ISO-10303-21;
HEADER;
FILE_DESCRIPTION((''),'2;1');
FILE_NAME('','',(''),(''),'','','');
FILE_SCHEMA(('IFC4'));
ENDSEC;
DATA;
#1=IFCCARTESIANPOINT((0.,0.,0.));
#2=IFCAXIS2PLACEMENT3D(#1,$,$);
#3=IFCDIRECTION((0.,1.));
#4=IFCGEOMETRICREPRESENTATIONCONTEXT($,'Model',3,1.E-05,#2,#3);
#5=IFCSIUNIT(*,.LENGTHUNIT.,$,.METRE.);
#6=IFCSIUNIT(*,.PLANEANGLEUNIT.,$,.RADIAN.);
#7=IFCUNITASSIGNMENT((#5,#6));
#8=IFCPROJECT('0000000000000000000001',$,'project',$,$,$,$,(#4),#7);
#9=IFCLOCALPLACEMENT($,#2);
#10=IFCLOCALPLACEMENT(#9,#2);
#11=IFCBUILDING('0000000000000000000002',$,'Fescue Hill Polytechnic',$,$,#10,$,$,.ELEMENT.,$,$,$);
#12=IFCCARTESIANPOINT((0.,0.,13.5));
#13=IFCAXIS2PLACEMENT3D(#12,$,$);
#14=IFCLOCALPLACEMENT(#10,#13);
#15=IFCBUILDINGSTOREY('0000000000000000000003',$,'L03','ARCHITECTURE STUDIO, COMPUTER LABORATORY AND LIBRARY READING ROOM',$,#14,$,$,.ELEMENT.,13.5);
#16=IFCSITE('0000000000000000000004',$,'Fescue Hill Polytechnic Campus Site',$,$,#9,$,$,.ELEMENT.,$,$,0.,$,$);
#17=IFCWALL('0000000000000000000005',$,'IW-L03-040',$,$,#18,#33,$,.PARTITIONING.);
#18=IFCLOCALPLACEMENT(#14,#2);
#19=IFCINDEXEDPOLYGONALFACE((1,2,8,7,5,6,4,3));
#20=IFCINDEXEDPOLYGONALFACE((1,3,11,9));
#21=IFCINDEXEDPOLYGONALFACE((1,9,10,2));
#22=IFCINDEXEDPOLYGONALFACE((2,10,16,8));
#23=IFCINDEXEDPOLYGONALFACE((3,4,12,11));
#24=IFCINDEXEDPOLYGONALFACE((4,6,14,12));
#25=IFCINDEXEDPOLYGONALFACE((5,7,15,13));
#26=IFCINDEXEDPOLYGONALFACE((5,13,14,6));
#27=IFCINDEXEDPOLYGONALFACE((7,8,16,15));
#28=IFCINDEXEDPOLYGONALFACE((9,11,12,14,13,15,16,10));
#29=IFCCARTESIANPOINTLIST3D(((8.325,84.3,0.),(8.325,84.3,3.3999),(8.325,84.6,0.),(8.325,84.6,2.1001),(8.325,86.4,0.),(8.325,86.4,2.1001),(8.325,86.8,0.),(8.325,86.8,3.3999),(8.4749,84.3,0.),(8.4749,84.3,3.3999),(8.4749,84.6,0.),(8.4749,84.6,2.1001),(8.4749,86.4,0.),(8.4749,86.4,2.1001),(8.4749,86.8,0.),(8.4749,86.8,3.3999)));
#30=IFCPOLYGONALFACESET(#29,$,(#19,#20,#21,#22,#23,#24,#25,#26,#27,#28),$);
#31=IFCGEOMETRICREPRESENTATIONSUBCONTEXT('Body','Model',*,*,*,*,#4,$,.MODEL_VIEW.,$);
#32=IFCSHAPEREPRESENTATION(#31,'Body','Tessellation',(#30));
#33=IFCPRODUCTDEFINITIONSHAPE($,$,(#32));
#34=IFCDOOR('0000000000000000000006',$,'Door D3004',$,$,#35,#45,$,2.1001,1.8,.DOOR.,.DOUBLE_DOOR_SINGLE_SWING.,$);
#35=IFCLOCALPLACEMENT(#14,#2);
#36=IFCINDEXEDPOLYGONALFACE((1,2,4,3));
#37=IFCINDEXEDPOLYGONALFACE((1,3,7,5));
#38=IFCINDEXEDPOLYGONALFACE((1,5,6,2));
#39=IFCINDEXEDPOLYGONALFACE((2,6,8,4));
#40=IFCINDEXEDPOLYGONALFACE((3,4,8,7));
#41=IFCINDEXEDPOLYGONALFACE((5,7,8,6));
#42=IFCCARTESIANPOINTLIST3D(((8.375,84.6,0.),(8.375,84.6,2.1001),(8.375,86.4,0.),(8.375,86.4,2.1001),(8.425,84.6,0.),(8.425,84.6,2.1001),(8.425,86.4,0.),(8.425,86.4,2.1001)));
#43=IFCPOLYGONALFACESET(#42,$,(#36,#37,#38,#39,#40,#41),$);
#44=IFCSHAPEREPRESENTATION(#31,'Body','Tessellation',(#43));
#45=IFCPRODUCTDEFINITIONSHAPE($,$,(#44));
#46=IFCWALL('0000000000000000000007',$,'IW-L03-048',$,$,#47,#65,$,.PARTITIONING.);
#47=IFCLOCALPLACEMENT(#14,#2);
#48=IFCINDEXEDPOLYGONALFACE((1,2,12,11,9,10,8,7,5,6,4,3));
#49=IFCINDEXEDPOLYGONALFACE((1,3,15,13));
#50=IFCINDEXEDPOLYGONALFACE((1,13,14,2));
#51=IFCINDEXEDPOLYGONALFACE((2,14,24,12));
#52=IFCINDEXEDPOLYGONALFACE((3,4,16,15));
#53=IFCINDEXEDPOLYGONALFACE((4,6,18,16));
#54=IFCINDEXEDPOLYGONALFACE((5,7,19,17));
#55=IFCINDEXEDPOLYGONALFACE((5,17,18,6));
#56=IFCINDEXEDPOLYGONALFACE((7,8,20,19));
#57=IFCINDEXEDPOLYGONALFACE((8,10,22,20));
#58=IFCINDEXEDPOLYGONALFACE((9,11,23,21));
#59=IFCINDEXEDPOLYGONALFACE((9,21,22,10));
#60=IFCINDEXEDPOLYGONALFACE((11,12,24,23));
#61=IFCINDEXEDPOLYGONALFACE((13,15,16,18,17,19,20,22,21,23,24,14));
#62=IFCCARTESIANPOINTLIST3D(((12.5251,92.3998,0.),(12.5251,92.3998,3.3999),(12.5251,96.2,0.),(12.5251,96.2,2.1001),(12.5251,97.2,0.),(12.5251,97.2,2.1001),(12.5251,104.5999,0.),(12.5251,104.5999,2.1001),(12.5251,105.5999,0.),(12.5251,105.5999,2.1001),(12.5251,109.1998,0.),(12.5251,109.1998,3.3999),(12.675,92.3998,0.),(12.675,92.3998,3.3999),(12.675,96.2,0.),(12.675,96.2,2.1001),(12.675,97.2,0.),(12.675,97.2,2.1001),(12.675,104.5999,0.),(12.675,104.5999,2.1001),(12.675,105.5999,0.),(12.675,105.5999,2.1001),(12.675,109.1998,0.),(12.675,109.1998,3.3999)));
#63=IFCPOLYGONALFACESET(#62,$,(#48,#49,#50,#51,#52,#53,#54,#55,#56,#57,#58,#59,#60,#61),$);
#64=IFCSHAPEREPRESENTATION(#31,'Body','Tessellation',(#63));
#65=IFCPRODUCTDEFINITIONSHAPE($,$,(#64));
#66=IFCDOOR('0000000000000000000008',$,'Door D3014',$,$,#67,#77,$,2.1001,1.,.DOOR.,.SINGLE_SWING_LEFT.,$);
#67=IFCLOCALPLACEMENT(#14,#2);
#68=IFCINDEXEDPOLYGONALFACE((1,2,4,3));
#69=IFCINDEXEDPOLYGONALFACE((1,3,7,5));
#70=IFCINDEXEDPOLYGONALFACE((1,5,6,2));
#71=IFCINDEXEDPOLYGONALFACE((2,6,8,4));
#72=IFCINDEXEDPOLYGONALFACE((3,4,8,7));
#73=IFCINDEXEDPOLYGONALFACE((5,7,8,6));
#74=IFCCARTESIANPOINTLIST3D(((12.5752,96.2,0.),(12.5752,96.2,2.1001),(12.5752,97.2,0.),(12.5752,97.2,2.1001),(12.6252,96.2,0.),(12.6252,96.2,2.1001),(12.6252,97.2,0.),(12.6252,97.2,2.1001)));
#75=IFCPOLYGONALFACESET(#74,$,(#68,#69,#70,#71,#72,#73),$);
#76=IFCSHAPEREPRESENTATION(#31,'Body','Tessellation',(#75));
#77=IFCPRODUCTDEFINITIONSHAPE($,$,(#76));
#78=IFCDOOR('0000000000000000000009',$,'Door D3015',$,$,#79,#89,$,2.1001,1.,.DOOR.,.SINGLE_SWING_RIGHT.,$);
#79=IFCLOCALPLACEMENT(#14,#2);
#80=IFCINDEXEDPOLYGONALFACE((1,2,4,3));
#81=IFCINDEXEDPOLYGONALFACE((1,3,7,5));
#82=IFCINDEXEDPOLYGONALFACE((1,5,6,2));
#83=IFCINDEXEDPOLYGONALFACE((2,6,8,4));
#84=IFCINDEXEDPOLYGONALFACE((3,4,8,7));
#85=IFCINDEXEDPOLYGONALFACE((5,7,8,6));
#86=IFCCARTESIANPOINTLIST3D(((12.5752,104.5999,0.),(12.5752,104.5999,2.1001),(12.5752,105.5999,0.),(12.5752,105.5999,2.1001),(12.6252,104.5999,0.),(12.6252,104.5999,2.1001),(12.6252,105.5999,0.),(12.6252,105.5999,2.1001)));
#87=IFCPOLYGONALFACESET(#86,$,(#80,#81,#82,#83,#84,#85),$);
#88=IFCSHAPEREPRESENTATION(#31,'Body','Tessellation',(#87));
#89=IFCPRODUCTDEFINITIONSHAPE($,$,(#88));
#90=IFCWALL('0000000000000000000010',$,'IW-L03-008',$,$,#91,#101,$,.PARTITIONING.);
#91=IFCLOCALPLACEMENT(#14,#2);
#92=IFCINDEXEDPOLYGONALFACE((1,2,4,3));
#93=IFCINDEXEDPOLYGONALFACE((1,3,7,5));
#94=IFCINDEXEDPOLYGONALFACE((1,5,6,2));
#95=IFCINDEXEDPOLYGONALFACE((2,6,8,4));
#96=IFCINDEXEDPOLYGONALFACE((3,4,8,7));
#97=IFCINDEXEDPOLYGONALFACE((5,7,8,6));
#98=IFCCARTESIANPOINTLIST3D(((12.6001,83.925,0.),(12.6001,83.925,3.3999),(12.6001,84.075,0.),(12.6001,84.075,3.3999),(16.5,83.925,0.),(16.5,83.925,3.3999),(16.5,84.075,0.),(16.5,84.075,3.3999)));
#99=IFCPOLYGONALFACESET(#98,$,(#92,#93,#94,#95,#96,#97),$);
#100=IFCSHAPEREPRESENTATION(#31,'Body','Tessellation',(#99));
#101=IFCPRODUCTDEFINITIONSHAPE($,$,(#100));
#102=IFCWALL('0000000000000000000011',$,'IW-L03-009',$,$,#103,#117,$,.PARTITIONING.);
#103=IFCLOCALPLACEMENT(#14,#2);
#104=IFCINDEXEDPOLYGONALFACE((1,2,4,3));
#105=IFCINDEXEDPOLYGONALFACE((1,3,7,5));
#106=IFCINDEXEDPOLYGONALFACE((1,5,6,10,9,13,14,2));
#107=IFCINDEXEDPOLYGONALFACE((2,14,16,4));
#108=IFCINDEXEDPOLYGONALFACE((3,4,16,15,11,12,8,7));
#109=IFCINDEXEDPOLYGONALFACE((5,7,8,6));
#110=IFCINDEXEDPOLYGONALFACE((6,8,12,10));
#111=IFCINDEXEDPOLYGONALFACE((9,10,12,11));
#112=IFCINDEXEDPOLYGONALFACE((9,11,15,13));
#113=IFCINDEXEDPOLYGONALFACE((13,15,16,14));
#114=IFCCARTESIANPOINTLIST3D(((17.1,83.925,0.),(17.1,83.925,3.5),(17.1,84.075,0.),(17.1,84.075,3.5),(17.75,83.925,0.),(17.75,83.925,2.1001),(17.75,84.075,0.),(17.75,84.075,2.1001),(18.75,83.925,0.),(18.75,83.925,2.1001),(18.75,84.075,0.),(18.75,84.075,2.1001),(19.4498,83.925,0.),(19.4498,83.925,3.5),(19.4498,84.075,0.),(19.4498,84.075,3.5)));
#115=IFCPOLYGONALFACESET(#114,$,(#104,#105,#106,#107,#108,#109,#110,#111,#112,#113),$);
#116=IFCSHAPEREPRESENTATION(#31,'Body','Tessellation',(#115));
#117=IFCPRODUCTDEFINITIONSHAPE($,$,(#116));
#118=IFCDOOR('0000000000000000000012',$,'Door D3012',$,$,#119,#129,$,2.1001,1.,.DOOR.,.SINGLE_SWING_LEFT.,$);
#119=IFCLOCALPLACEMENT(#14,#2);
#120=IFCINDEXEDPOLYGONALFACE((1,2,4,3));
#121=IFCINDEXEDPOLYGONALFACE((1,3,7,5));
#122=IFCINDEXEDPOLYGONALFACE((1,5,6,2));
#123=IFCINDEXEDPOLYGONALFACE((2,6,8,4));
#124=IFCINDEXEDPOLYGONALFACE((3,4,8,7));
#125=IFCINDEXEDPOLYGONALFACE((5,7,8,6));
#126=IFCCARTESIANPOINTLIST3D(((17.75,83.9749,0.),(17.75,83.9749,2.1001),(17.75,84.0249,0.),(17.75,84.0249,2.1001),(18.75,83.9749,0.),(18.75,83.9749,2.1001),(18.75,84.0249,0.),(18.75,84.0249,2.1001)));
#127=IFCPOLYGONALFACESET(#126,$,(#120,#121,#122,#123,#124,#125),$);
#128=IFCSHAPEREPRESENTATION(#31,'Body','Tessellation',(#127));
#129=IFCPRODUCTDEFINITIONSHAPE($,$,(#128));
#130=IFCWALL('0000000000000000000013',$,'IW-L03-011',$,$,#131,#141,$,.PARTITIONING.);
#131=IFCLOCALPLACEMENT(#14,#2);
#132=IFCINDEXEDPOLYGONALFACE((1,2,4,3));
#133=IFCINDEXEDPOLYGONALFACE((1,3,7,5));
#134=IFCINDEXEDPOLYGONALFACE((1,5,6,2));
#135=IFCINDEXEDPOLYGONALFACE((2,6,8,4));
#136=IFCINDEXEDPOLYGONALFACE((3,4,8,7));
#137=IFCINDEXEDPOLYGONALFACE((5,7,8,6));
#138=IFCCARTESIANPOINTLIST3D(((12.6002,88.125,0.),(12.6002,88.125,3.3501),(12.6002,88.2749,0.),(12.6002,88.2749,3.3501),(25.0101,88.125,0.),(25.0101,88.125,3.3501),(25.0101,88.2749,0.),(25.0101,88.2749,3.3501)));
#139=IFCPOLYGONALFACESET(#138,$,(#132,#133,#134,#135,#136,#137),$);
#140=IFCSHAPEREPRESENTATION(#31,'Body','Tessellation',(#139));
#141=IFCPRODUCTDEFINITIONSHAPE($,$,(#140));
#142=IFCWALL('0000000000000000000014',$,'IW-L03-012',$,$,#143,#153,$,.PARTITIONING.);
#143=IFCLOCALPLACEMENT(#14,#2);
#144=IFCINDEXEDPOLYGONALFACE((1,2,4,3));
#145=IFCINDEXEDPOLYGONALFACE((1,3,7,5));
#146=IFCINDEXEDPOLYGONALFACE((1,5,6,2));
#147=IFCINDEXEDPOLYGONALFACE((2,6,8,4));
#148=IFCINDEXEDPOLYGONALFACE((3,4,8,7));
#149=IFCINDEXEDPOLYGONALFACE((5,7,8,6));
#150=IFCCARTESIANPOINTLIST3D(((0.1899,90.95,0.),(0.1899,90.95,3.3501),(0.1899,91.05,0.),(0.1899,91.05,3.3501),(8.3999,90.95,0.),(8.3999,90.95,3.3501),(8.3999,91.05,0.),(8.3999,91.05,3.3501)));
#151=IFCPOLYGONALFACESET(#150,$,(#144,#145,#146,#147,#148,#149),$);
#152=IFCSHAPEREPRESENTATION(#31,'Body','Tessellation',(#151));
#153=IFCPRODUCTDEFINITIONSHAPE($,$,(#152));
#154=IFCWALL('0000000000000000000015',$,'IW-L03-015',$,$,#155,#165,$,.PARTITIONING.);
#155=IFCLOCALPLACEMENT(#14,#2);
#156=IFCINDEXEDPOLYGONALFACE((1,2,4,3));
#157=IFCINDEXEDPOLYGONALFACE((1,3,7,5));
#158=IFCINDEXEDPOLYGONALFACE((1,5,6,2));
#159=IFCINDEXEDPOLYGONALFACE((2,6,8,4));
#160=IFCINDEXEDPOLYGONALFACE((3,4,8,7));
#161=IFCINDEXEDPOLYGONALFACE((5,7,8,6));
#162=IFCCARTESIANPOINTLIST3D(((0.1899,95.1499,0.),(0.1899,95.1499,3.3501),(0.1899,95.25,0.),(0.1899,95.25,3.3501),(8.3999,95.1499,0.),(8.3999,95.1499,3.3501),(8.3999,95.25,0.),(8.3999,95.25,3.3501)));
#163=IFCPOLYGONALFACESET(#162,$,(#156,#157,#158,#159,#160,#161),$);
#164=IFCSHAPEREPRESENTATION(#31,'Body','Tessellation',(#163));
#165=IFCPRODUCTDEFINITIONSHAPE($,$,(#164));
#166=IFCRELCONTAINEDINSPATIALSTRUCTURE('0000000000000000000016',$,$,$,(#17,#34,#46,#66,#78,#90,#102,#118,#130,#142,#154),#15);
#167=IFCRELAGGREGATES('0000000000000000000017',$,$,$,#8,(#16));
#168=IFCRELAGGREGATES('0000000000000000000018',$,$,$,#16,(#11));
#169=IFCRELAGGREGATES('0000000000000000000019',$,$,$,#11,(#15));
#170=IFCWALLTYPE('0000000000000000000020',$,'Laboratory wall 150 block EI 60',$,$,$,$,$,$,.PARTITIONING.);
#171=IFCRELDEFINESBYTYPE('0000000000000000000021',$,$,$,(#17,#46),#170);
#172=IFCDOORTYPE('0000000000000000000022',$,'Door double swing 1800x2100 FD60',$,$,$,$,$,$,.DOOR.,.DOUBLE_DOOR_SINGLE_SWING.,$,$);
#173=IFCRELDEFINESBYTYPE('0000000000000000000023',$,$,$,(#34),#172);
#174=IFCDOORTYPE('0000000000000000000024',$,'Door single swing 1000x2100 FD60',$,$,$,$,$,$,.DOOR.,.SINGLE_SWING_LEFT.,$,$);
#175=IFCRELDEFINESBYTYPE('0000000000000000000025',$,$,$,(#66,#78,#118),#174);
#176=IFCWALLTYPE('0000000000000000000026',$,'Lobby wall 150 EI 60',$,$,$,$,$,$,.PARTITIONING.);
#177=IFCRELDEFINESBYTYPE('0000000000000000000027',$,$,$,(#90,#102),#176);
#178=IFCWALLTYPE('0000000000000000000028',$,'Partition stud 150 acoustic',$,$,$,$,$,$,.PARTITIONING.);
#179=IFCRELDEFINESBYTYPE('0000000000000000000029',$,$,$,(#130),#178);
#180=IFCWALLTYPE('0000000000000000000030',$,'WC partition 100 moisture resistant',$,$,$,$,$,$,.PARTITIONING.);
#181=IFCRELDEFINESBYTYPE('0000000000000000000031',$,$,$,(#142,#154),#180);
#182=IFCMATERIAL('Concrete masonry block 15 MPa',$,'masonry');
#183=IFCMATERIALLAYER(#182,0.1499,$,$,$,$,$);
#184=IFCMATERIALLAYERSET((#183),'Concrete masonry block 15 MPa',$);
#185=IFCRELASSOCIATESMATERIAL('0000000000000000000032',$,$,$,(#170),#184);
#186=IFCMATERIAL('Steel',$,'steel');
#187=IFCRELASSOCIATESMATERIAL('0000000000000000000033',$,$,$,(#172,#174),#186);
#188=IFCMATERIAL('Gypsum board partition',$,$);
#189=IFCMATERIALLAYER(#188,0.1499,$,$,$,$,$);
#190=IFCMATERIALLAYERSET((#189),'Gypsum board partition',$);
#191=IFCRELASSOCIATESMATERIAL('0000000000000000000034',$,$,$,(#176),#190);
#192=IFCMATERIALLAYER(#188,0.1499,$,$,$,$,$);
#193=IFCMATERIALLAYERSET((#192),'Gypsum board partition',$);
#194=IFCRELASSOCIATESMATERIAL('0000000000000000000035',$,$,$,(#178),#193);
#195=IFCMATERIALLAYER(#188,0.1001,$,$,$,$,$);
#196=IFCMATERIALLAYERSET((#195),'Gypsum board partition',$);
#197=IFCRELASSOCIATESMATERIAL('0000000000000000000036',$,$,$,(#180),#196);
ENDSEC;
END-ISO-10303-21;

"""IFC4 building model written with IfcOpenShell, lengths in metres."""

from ifc_helpers import new_model, si_unit, direction, frame, frame_2d, origin, place, context, subcontext, project, spatial, rectangle, extrude, material, layer, layer_set, type_object, element, fill, save


model = new_model("IFC4")

# Units and contexts
model_context = context("Model", 3, precision=1e-05, world=origin(), true_north=direction((0.0, 1.0)))
body_context = subcontext(model_context, "Body", "Model", "MODEL_VIEW")
ifc_project = project(units=[si_unit("LENGTHUNIT", "METRE"), si_unit("PLANEANGLEUNIT", "RADIAN")], contexts=[model_context])

# Site, building, storey
site_placement = place(None, origin())
site = spatial("IfcSite", under=ifc_project, at=site_placement, Name="Fescue Hill Polytechnic Campus Site", CompositionType="ELEMENT", RefElevation=0.0)
building_placement = place(site_placement, origin())
building = spatial("IfcBuilding", under=site, at=building_placement, Name="Fescue Hill Polytechnic", CompositionType="ELEMENT")
storey_placement = place(building_placement, frame((0.0, 0.0, 13.5)))
storey = spatial("IfcBuildingStorey", under=building, at=storey_placement, Name="L03", Description="ARCHITECTURE STUDIO, COMPUTER LABORATORY AND LIBRARY READING ROOM", CompositionType="ELEMENT", Elevation=13.5)

# Shared definitions
ifc_material_1 = material(Name="Gypsum board partition")

# Shared definitions
ifc_material_2 = material(Name="Concrete masonry block 15 MPa", Category="masonry")
ifc_layer_1 = layer(ifc_material_2, 0.1499)
ifc_layer_set_1 = layer_set([ifc_layer_1], Name="Concrete masonry block 15 MPa")
wall_type_1 = type_object("IfcWallType", Name="Laboratory wall 150 block EI 60", PredefinedType="PARTITIONING", material=ifc_layer_set_1)

# Wall, opening, door
wall_1_placement = place(storey_placement, frame((8.3999, 84.3, 0.0), z_axis=(0.0, 0.0, 1.0), x_axis=(0.0, 1.0, 0.0)))
wall_1 = element("IfcWall", 1, at=wall_1_placement, inside=storey, type_object=wall_type_1, Name="IW-L03-040", PredefinedType="PARTITIONING", context=body_context, shape_type="SweptSolid", body=[
    extrude(rectangle(XDim=2.5, YDim=0.1499, at=frame_2d((1.25, 0.0))), origin(), (0.0, 0.0, 1.0), 3.3999),
])
opening_1_placement = place(wall_1_placement, frame((0.3, 0.0, 0.0)))
opening_1 = element("IfcOpeningElement", 2, at=opening_1_placement, cuts=wall_1, PredefinedType="OPENING", context=body_context, shape_type="SweptSolid", body=[
    extrude(rectangle(XDim=1.8, YDim=2.1001, at=frame_2d((0.8999, 1.05))), frame((0.0, 0.085, 0.0), z_axis=(0.0, -1.0, 0.0), x_axis=(1.0, 0.0, 0.0)), (0.0, 0.0, 1.0), 0.1699),
])
ifc_material_3 = material(Name="Steel", Category="steel")
door_type_1 = type_object("IfcDoorType", Name="Door double swing 1800x2100 FD60", OperationType="DOUBLE_DOOR_SINGLE_SWING", PredefinedType="DOOR", material=ifc_material_3)
door_1_placement = place(opening_1_placement, origin())
door_1 = element("IfcDoor", 3, at=door_1_placement, inside=storey, type_object=door_type_1, Name="Door D3004", OperationType="DOUBLE_DOOR_SINGLE_SWING", OverallHeight=2.1001, OverallWidth=1.8, PredefinedType="DOOR", context=body_context, shape_type="SweptSolid", body=[
    extrude(rectangle(XDim=1.8, YDim=2.1001, at=frame_2d((0.8999, 1.05))), frame((0.0, 0.0249, 0.0), z_axis=(0.0, -1.0, 0.0), x_axis=(1.0, 0.0, 0.0)), (0.0, 0.0, 1.0), 0.05),
])
fill(opening_1, door_1)

# Wall, openings, doors
wall_2_placement = place(storey_placement, frame((12.6001, 92.3999, 0.0), z_axis=(0.0, 0.0, 1.0), x_axis=(0.0, 1.0, 0.0)))
wall_2 = element("IfcWall", 4, at=wall_2_placement, inside=storey, type_object=wall_type_1, Name="IW-L03-048", PredefinedType="PARTITIONING", context=body_context, shape_type="SweptSolid", body=[
    extrude(rectangle(XDim=16.8, YDim=0.1499, at=frame_2d((8.3999, 0.0))), origin(), (0.0, 0.0, 1.0), 3.3999),
])
opening_2_placement = place(wall_2_placement, frame((3.8, 0.0, 0.0)))
opening_2 = element("IfcOpeningElement", 5, at=opening_2_placement, cuts=wall_2, PredefinedType="OPENING", context=body_context, shape_type="SweptSolid", body=[
    extrude(rectangle(XDim=1.0, YDim=2.1001, at=frame_2d((0.5, 1.05))), frame((0.0, 0.085, 0.0), z_axis=(0.0, -1.0, 0.0), x_axis=(1.0, 0.0, 0.0)), (0.0, 0.0, 1.0), 0.1699),
])
opening_3_placement = place(wall_2_placement, frame((12.2, 0.0, 0.0)))
opening_3 = element("IfcOpeningElement", 6, at=opening_3_placement, cuts=wall_2, PredefinedType="OPENING", context=body_context, shape_type="SweptSolid", body=[
    extrude(rectangle(XDim=1.0, YDim=2.1001, at=frame_2d((0.5, 1.05))), frame((0.0, 0.085, 0.0), z_axis=(0.0, -1.0, 0.0), x_axis=(1.0, 0.0, 0.0)), (0.0, 0.0, 1.0), 0.1699),
])
door_type_2 = type_object("IfcDoorType", Name="Door single swing 1000x2100 FD60", OperationType="SINGLE_SWING_LEFT", PredefinedType="DOOR", material=ifc_material_3)
door_2_placement = place(opening_2_placement, origin())
door_2 = element("IfcDoor", 7, at=door_2_placement, inside=storey, type_object=door_type_2, Name="Door D3014", OperationType="SINGLE_SWING_LEFT", OverallHeight=2.1001, OverallWidth=1.0, PredefinedType="DOOR", context=body_context, shape_type="SweptSolid", body=[
    extrude(rectangle(XDim=1.0, YDim=2.1001, at=frame_2d((0.5, 1.05))), frame((0.0, 0.0249, 0.0), z_axis=(0.0, -1.0, 0.0), x_axis=(1.0, 0.0, 0.0)), (0.0, 0.0, 1.0), 0.05),
])
fill(opening_2, door_2)
door_3_placement = place(opening_3_placement, origin())
door_3 = element("IfcDoor", 8, at=door_3_placement, inside=storey, type_object=door_type_2, Name="Door D3015", OperationType="SINGLE_SWING_RIGHT", OverallHeight=2.1001, OverallWidth=1.0, PredefinedType="DOOR", context=body_context, shape_type="SweptSolid", body=[
    extrude(rectangle(XDim=1.0, YDim=2.1001, at=frame_2d((0.5, 1.05))), frame((0.0, 0.0249, 0.0), z_axis=(0.0, -1.0, 0.0), x_axis=(1.0, 0.0, 0.0)), (0.0, 0.0, 1.0), 0.05),
])
fill(opening_3, door_3)

# Wall
ifc_layer_2 = layer(ifc_material_1, 0.1499)
ifc_layer_set_2 = layer_set([ifc_layer_2], Name="Gypsum board partition")
wall_type_2 = type_object("IfcWallType", Name="Lobby wall 150 EI 60", PredefinedType="PARTITIONING", material=ifc_layer_set_2)
wall_3_placement = place(storey_placement, frame((12.6001, 84.0, 0.0), z_axis=(0.0, 0.0, 1.0), x_axis=(1.0, 0.0, 0.0)))
element("IfcWall", 9, at=wall_3_placement, inside=storey, type_object=wall_type_2, Name="IW-L03-008", PredefinedType="PARTITIONING", context=body_context, shape_type="SweptSolid", body=[
    extrude(rectangle(XDim=3.8999, YDim=0.1499, at=frame_2d((1.95, 0.0))), origin(), (0.0, 0.0, 1.0), 3.3999),
])

# Wall, opening, door
wall_4_placement = place(storey_placement, frame((17.1001, 84.0, 0.0), z_axis=(0.0, 0.0, 1.0), x_axis=(1.0, 0.0, 0.0)))
wall_4 = element("IfcWall", 10, at=wall_4_placement, inside=storey, type_object=wall_type_2, Name="IW-L03-009", PredefinedType="PARTITIONING", context=body_context, shape_type="SweptSolid", body=[
    extrude(rectangle(XDim=2.3499, YDim=0.1499, at=frame_2d((1.1748, 0.0))), origin(), (0.0, 0.0, 1.0), 3.5),
])
opening_4_placement = place(wall_4_placement, frame((0.6499, 0.0, 0.0)))
opening_4 = element("IfcOpeningElement", 11, at=opening_4_placement, cuts=wall_4, PredefinedType="OPENING", context=body_context, shape_type="SweptSolid", body=[
    extrude(rectangle(XDim=1.0, YDim=2.1001, at=frame_2d((0.5, 1.05))), frame((0.0, 0.085, 0.0), z_axis=(0.0, -1.0, 0.0), x_axis=(1.0, 0.0, 0.0)), (0.0, 0.0, 1.0), 0.1699),
])
door_4_placement = place(opening_4_placement, origin())
door_4 = element("IfcDoor", 12, at=door_4_placement, inside=storey, type_object=door_type_2, Name="Door D3012", OperationType="SINGLE_SWING_LEFT", OverallHeight=2.1001, OverallWidth=1.0, PredefinedType="DOOR", context=body_context, shape_type="SweptSolid", body=[
    extrude(rectangle(XDim=1.0, YDim=2.1001, at=frame_2d((0.5, 1.05))), frame((0.0, 0.0249, 0.0), z_axis=(0.0, -1.0, 0.0), x_axis=(1.0, 0.0, 0.0)), (0.0, 0.0, 1.0), 0.05),
])
fill(opening_4, door_4)

# Walls
ifc_layer_3 = layer(ifc_material_1, 0.1499)
ifc_layer_set_3 = layer_set([ifc_layer_3], Name="Gypsum board partition")
wall_type_3 = type_object("IfcWallType", Name="Partition stud 150 acoustic", PredefinedType="PARTITIONING", material=ifc_layer_set_3)
wall_5_placement = place(storey_placement, frame((12.6001, 88.2, 0.0), z_axis=(0.0, 0.0, 1.0), x_axis=(1.0, 0.0, 0.0)))
element("IfcWall", 13, at=wall_5_placement, inside=storey, type_object=wall_type_3, Name="IW-L03-011", PredefinedType="PARTITIONING", context=body_context, shape_type="SweptSolid", body=[
    extrude(rectangle(XDim=12.4099, YDim=0.1499, at=frame_2d((6.2051, 0.0))), origin(), (0.0, 0.0, 1.0), 3.3501),
])
ifc_layer_4 = layer(ifc_material_1, 0.1001)
ifc_layer_set_4 = layer_set([ifc_layer_4], Name="Gypsum board partition")
wall_type_4 = type_object("IfcWallType", Name="WC partition 100 moisture resistant", PredefinedType="PARTITIONING", material=ifc_layer_set_4)
for number, where, z_axis, x_axis, name in (
    (14, (0.1899, 91.0, 0.0), (0.0, 0.0, 1.0), (1.0, 0.0, 0.0), "IW-L03-012"),
    (15, (0.1899, 95.2, 0.0), (0.0, 0.0, 1.0), (1.0, 0.0, 0.0), "IW-L03-015"),
):
    element("IfcWall", number, at=place(storey_placement, frame(where, z_axis=z_axis, x_axis=x_axis)), inside=storey, type_object=wall_type_4, Name=name, PredefinedType="PARTITIONING", context=body_context, shape_type="SweptSolid", body=[
        extrude(rectangle(XDim=8.21, YDim=0.1001, at=frame_2d((4.105, 0.0))), origin(), (0.0, 0.0, 1.0), 3.3501),
    ])

save(model, "model.ifc")
